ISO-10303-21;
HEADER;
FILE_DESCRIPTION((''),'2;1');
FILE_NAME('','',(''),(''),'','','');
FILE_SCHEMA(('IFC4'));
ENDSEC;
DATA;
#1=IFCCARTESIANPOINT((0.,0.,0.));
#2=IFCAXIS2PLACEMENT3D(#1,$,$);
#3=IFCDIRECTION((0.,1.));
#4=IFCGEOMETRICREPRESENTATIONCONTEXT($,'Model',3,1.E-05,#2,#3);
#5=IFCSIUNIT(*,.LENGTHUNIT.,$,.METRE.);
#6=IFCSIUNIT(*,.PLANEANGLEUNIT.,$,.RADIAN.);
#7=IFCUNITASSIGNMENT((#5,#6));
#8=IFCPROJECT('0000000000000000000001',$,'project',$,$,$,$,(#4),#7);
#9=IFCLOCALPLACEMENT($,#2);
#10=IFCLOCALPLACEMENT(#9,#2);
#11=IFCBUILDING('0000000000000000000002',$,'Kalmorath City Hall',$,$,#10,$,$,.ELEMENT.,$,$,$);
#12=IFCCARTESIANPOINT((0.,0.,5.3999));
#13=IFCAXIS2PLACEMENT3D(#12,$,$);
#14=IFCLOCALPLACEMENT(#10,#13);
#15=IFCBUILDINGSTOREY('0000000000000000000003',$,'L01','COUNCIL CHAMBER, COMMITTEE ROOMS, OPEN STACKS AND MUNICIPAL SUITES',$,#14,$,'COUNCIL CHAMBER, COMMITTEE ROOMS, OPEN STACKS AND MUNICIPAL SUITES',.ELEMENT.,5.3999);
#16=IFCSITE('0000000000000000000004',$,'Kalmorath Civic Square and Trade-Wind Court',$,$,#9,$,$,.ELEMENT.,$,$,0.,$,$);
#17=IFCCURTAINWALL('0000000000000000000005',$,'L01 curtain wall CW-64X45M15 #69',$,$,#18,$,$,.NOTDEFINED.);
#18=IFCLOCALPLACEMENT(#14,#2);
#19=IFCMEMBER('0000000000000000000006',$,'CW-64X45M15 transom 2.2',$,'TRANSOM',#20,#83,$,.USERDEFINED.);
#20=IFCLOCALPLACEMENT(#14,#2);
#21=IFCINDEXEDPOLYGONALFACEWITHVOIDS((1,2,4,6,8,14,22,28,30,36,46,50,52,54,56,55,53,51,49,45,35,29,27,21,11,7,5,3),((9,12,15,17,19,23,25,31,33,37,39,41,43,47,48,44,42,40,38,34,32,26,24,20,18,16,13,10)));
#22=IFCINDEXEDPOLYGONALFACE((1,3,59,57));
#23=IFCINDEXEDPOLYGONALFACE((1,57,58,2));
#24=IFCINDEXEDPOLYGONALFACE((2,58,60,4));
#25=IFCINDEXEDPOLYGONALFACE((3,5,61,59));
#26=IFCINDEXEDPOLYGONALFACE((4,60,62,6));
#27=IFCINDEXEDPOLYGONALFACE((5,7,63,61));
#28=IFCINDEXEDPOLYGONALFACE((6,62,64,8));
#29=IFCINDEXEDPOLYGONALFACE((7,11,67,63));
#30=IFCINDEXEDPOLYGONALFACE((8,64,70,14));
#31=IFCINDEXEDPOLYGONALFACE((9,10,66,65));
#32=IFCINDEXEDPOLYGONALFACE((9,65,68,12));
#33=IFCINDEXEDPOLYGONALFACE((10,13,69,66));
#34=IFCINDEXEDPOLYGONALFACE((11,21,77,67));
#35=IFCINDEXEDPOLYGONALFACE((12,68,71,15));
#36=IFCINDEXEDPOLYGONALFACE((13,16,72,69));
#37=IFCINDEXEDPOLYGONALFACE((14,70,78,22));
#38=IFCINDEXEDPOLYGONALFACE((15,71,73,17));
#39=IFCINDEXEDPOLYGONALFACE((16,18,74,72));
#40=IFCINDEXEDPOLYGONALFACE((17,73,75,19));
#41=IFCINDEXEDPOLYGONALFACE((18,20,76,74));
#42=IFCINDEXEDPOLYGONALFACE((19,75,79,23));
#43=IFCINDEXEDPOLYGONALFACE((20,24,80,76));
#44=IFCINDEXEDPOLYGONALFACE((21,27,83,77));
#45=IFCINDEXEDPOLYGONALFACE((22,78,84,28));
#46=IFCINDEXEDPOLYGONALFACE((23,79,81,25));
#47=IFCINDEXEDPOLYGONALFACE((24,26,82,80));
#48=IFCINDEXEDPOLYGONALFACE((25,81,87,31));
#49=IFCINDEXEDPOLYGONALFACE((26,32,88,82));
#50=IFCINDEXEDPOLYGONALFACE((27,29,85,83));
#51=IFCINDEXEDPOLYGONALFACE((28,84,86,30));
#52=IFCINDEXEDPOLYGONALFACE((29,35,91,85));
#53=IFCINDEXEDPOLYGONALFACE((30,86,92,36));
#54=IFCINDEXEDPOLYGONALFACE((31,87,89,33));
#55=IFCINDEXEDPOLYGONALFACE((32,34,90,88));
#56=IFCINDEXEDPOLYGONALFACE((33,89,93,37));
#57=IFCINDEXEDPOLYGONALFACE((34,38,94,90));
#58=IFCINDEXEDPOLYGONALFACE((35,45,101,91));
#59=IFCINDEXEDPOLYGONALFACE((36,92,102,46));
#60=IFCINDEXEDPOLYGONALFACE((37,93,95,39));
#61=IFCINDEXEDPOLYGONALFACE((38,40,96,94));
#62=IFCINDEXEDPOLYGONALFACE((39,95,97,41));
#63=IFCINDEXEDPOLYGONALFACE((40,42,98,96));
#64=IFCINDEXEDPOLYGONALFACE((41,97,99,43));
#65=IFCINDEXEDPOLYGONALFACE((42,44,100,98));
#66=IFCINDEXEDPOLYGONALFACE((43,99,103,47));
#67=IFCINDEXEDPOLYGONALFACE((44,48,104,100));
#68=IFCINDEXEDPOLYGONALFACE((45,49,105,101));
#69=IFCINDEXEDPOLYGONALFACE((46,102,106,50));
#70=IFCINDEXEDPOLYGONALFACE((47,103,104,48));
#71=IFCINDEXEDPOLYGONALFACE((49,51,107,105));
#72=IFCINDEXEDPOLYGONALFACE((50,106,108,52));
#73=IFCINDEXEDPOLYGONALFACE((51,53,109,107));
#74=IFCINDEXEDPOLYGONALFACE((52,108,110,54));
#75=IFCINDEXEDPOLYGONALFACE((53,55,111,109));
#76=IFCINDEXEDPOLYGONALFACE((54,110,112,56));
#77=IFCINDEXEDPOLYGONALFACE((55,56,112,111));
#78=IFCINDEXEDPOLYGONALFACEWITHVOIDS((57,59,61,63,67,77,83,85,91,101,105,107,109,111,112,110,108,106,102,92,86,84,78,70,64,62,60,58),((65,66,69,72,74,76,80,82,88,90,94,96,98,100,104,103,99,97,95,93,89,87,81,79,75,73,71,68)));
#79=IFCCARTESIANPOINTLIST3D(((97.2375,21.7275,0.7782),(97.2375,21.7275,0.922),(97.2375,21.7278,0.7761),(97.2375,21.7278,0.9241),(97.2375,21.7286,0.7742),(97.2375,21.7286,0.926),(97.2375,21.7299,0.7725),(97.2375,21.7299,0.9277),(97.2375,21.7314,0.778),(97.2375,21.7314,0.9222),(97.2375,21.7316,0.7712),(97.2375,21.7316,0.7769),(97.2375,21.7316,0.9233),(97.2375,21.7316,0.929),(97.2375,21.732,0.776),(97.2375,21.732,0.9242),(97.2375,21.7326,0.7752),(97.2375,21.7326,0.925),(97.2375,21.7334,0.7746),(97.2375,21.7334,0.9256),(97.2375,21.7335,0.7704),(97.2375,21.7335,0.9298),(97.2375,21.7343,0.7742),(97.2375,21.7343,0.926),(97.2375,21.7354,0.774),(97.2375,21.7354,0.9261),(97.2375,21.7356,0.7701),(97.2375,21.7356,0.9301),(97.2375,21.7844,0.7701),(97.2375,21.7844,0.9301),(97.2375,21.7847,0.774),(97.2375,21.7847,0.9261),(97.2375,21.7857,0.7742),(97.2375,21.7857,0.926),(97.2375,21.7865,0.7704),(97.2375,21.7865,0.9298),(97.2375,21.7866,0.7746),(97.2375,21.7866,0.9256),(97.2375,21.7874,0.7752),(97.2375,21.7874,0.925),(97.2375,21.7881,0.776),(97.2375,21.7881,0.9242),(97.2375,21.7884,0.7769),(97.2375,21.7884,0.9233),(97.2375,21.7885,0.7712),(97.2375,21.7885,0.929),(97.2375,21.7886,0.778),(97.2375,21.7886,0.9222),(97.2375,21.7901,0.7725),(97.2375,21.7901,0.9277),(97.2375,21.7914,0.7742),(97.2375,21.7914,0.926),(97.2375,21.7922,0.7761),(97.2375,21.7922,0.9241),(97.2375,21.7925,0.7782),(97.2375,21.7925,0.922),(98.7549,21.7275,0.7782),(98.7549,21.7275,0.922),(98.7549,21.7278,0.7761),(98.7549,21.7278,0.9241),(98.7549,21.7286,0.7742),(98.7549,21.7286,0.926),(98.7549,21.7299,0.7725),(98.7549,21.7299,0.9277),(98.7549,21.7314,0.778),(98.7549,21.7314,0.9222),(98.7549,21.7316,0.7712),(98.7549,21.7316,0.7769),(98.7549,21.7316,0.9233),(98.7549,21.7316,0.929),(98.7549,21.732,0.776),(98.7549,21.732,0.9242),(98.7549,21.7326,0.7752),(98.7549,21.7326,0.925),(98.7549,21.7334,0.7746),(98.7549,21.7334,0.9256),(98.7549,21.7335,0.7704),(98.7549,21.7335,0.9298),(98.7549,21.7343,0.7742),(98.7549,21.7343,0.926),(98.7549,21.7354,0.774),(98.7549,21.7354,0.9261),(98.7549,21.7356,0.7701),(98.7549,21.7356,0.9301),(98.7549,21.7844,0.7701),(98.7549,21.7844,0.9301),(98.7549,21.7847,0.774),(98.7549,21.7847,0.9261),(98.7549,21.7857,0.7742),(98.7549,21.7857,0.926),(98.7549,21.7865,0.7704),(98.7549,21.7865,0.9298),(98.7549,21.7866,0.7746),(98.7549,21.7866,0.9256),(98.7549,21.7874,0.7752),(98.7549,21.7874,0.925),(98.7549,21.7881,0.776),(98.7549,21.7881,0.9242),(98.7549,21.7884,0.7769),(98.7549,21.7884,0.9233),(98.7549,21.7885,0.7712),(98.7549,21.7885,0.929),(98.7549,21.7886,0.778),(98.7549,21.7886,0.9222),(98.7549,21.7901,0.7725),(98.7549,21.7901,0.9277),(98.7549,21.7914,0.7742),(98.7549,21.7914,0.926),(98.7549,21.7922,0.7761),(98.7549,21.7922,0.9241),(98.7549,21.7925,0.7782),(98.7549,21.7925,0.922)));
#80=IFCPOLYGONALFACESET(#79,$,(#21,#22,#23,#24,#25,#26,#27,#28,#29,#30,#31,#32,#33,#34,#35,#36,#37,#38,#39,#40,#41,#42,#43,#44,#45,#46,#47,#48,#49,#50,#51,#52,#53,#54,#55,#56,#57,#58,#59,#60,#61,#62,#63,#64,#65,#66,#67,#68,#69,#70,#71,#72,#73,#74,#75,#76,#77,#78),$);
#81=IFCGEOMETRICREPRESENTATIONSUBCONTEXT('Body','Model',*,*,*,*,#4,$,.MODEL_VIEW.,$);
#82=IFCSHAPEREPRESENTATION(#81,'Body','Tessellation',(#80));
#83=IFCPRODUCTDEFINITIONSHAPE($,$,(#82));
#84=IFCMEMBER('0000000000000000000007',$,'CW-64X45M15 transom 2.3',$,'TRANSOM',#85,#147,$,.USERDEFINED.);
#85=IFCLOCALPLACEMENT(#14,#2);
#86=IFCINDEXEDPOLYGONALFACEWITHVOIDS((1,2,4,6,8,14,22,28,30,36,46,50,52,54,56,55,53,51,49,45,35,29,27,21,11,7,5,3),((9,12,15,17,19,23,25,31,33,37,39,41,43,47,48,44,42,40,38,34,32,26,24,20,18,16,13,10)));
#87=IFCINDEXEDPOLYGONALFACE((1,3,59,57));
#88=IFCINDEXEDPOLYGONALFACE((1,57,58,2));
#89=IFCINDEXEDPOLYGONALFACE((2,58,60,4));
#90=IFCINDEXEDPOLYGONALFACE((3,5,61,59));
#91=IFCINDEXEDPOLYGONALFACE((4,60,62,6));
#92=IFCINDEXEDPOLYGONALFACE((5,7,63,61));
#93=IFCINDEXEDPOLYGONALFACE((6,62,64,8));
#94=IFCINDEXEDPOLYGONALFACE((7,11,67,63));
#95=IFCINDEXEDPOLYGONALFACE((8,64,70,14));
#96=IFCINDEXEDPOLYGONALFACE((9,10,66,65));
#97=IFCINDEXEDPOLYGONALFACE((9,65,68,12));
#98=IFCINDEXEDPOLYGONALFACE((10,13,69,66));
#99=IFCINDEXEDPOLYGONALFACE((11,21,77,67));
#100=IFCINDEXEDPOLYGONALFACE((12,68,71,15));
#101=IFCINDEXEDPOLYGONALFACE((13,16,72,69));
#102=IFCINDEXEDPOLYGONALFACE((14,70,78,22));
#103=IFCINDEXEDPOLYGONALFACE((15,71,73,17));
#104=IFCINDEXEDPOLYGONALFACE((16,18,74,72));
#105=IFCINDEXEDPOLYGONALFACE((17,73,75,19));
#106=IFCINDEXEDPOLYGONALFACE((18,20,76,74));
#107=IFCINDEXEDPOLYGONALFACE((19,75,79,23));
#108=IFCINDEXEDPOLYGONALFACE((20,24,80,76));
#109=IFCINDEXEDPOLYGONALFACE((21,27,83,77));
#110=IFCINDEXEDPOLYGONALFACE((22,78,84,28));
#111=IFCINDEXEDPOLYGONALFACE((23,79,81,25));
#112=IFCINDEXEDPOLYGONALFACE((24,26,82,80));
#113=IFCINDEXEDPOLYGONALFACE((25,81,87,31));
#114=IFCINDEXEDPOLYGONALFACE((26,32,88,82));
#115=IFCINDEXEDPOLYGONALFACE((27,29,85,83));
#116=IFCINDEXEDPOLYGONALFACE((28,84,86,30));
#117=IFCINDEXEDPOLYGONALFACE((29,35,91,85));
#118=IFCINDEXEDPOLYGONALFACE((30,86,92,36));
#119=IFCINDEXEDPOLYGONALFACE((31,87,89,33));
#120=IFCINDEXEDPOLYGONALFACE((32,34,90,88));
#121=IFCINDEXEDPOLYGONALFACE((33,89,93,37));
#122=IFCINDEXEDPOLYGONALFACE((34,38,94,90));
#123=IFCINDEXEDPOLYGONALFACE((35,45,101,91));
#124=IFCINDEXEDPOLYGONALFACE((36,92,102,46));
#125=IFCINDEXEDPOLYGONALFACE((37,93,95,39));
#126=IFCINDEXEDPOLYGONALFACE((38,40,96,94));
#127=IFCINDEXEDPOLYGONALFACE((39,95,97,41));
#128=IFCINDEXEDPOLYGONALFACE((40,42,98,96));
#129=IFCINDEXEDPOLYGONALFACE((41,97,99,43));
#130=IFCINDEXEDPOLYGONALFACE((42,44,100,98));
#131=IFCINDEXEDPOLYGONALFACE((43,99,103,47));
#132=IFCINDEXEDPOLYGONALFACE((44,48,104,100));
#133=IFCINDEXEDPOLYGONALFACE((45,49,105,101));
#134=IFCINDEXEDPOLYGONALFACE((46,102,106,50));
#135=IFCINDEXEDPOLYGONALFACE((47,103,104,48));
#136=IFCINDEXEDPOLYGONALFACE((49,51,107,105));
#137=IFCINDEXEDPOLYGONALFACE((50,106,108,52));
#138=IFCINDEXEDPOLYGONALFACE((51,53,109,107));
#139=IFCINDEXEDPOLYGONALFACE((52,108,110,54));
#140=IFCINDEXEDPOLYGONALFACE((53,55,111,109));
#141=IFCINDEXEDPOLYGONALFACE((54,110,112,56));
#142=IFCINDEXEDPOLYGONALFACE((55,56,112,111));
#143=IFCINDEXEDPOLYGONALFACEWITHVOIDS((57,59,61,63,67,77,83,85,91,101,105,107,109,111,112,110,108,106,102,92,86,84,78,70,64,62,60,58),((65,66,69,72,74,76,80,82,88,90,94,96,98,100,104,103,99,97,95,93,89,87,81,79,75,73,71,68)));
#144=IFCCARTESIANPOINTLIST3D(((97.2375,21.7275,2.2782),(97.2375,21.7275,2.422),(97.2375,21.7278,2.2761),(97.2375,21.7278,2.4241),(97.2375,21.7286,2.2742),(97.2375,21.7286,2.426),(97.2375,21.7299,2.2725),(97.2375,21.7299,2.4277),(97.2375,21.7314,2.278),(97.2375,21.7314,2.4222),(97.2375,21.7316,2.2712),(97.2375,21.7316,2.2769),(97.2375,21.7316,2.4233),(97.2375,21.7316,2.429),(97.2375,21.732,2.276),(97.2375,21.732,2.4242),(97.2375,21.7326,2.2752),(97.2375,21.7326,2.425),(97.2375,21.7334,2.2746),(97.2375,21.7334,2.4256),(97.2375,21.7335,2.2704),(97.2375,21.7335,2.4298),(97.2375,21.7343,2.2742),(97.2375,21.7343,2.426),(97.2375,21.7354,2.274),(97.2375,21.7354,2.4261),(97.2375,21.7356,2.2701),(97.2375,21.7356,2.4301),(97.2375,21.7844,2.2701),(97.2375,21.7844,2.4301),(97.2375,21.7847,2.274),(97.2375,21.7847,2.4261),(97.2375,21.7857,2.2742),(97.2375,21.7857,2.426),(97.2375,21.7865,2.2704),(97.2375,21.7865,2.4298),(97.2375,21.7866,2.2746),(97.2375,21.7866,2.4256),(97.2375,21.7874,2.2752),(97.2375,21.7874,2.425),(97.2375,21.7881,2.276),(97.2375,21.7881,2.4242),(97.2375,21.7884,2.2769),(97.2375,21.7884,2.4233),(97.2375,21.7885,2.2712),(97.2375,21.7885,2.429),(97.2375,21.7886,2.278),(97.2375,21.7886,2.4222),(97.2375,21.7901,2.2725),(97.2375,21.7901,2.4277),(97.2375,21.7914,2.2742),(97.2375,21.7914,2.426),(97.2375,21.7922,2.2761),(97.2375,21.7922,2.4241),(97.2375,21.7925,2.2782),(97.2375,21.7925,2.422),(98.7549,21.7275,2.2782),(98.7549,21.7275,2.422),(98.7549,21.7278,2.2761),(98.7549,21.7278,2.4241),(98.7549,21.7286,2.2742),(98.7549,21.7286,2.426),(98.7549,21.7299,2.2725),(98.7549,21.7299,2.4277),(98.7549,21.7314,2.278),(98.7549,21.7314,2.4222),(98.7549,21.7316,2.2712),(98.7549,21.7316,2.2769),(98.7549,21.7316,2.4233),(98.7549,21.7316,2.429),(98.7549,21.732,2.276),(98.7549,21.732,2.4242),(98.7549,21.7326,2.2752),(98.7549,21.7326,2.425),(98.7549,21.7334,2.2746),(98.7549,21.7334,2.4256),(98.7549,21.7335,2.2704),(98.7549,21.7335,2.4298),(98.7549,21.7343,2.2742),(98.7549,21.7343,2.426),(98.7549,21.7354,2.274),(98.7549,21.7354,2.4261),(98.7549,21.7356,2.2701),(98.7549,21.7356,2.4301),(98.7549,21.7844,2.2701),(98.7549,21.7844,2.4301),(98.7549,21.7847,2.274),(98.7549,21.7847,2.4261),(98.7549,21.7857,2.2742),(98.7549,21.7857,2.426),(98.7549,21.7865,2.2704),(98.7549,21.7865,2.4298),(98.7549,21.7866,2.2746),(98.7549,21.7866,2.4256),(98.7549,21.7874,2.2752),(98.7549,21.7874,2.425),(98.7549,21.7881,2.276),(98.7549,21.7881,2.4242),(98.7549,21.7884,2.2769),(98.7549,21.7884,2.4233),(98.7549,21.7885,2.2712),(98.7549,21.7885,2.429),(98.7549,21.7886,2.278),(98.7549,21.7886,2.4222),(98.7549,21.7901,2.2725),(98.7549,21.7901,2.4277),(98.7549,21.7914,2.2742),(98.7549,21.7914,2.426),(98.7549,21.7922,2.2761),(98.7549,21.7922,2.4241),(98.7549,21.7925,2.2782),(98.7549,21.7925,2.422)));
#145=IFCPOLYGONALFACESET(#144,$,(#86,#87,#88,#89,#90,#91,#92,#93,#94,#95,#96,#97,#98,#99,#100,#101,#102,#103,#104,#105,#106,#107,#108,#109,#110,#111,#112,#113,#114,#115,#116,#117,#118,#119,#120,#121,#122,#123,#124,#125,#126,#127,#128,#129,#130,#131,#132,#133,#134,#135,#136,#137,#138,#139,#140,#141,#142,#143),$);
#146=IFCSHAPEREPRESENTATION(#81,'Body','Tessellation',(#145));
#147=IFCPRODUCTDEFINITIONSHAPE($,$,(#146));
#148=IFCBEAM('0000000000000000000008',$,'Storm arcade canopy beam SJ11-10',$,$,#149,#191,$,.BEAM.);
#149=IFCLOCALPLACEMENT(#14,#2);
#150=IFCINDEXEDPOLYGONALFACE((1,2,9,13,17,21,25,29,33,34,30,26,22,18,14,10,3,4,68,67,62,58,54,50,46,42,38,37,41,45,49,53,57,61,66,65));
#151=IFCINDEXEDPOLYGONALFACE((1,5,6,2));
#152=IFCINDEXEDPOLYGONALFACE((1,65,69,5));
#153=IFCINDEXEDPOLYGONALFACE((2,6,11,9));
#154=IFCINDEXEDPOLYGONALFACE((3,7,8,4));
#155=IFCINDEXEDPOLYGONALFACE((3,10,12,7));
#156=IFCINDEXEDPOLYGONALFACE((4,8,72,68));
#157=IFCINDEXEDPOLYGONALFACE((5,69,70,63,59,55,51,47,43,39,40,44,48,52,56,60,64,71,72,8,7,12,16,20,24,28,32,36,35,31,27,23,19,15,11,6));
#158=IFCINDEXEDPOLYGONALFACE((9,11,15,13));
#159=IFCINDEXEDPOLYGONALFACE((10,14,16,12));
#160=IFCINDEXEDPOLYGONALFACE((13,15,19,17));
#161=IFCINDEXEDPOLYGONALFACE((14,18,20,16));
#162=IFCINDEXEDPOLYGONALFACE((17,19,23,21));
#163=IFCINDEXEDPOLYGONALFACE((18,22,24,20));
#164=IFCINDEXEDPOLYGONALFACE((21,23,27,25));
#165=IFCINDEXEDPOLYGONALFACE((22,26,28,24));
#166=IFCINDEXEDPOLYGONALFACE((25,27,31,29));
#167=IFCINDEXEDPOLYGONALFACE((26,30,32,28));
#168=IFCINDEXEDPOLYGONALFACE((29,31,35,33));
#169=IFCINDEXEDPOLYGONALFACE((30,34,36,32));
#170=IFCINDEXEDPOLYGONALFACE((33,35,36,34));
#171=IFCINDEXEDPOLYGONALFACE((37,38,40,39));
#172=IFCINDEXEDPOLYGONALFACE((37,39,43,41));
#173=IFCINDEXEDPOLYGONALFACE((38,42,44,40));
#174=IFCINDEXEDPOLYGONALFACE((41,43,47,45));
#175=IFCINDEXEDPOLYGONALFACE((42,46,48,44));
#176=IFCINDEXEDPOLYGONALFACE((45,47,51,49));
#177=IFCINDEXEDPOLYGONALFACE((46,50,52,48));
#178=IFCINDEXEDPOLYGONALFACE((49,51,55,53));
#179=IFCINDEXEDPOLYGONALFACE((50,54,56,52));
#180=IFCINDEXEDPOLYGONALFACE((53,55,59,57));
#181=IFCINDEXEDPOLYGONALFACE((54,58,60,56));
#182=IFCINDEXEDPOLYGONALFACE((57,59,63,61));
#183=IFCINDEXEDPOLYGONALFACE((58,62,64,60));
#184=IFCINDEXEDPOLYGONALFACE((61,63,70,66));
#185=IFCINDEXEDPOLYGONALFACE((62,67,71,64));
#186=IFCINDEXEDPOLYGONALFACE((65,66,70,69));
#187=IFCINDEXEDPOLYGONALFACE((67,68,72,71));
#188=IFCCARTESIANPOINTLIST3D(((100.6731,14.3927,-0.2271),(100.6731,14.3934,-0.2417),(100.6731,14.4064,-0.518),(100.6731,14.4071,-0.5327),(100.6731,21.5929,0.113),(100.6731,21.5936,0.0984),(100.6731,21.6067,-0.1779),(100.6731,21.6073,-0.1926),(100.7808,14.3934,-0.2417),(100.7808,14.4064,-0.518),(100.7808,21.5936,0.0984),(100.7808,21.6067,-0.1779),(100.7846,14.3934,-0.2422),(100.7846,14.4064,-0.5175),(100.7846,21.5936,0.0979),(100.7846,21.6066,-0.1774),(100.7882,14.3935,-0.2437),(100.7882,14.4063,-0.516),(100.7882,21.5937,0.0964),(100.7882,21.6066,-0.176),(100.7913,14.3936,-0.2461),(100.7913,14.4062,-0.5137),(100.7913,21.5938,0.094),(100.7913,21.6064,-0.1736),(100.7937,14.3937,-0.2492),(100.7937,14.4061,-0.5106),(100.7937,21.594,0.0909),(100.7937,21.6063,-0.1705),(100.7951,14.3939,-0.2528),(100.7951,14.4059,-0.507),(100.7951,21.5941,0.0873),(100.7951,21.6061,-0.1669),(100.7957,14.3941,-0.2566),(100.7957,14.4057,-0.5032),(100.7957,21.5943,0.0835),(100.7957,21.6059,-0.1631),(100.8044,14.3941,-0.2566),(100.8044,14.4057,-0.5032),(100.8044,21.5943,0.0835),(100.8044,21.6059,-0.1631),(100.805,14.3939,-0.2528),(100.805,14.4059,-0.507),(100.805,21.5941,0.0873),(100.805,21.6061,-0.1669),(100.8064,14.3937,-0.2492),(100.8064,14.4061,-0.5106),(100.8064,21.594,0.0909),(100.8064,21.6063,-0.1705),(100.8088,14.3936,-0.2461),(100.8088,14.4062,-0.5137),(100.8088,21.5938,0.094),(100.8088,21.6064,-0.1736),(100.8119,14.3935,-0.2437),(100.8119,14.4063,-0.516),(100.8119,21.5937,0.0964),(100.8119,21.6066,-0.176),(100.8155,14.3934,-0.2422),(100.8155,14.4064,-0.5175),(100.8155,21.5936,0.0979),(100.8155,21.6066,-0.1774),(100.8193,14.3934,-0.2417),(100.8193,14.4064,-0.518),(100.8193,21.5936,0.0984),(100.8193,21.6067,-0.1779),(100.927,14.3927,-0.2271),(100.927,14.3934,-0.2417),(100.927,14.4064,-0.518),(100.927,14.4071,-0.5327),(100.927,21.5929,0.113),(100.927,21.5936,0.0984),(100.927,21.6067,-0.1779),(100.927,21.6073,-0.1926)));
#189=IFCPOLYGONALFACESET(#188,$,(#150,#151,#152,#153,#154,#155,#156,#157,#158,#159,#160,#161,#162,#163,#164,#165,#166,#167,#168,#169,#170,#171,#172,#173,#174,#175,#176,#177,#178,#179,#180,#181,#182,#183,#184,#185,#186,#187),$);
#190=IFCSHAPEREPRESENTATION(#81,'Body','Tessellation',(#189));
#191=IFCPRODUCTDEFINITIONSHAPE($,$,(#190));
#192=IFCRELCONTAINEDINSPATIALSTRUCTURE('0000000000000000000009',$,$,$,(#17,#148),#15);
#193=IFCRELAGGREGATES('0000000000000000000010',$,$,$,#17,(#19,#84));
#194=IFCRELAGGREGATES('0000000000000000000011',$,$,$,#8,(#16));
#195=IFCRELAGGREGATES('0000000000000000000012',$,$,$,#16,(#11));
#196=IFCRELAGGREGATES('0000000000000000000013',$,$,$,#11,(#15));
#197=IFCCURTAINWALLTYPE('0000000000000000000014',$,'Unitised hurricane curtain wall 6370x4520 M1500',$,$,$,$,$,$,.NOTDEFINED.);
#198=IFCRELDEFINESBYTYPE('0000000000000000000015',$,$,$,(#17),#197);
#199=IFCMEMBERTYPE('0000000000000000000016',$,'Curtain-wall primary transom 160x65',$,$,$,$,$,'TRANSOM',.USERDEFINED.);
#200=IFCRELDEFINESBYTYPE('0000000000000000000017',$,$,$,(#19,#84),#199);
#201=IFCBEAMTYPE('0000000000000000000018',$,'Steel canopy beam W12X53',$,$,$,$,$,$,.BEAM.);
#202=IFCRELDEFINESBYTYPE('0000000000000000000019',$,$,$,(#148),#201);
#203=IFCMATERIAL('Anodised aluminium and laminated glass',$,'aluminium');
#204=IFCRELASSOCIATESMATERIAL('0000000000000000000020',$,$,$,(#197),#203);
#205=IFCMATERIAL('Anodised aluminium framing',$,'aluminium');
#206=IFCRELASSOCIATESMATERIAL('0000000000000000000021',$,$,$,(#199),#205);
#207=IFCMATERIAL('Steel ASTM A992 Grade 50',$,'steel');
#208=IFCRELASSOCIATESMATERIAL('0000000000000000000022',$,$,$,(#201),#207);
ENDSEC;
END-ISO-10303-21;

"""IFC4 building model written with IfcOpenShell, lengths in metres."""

from ifc_helpers import new_model, si_unit, direction, frame, origin, origin_2d, place, context, subcontext, project, spatial, hollow_rectangle, i_section, extrude, material, material_profile, profile_set, type_object, element, aggregate, save


model = new_model("IFC4")

# Units and contexts
model_context = context("Model", 3, precision=1e-05, world=origin(), true_north=direction((0.0, 1.0)))
body_context = subcontext(model_context, "Body", "Model", "MODEL_VIEW")
ifc_project = project(units=[si_unit("LENGTHUNIT", "METRE"), si_unit("PLANEANGLEUNIT", "RADIAN")], contexts=[model_context])

# Site, building, storey
site_placement = place(None, origin())
site = spatial("IfcSite", under=ifc_project, at=site_placement, Name="Kalmorath Civic Square and Trade-Wind Court", CompositionType="ELEMENT", RefElevation=0.0)
building_placement = place(site_placement, origin())
building = spatial("IfcBuilding", under=site, at=building_placement, Name="Kalmorath City Hall", CompositionType="ELEMENT")
storey_placement = place(building_placement, frame((0.0, 0.0, 5.3999)))
storey = spatial("IfcBuildingStorey", under=building, at=storey_placement, Name="L01", Description="COUNCIL CHAMBER, COMMITTEE ROOMS, OPEN STACKS AND MUNICIPAL SUITES", LongName="COUNCIL CHAMBER, COMMITTEE ROOMS, OPEN STACKS AND MUNICIPAL SUITES", CompositionType="ELEMENT", Elevation=5.3999)

# Curtain wall, members
ifc_material_1 = material(Name="Anodised aluminium and laminated glass", Category="aluminium")
curtain_wall_type = type_object("IfcCurtainWallType", Name="Unitised hurricane curtain wall 6370x4520 M1500", PredefinedType="NOTDEFINED", material=ifc_material_1)
curtain_wall_placement = place(storey_placement, origin())
curtain_wall = element("IfcCurtainWall", 1, at=curtain_wall_placement, inside=storey, type_object=curtain_wall_type, Name="L01 curtain wall CW-64X45M15 #69", PredefinedType="NOTDEFINED")
ifc_material_2 = material(Name="Anodised aluminium framing", Category="aluminium")
ifc_material_profile_1 = material_profile(ifc_material_2, hollow_rectangle(XDim=0.0649, YDim=0.1599, WallThickness=0.0039, InnerFilletRadius=0.0039, OuterFilletRadius=0.0081, at=origin_2d()), Name="ALU-TRN-160X65X4")
ifc_profile_set_1 = profile_set([ifc_material_profile_1], Name="Anodised aluminium framing")
member_type_1 = type_object("IfcMemberType", Name="Curtain-wall primary transom 160x65", ElementType="TRANSOM", PredefinedType="USERDEFINED", material=ifc_profile_set_1)
member_1_placement = place(storey_placement, frame((98.7549, 21.76, 0.8501), z_axis=(-1.0, 0.0, 0.0), x_axis=(0.0, -1.0, 0.0)))
member_1 = element("IfcMember", 2, at=member_1_placement, type_object=member_type_1, Name="CW-64X45M15 transom 2.2", ObjectType="TRANSOM", PredefinedType="USERDEFINED", context=body_context, shape_type="SweptSolid", body=[
    extrude(hollow_rectangle(XDim=0.0649, YDim=0.1599, WallThickness=0.0039, InnerFilletRadius=0.0039, OuterFilletRadius=0.0081, at=origin_2d()), origin(), (0.0, 0.0, 1.0), 1.5173),
])
member_2_placement = place(storey_placement, frame((98.7549, 21.76, 2.3501), z_axis=(-1.0, 0.0, 0.0), x_axis=(0.0, -1.0, 0.0)))
member_2 = element("IfcMember", 3, at=member_2_placement, type_object=member_type_1, Name="CW-64X45M15 transom 2.3", ObjectType="TRANSOM", PredefinedType="USERDEFINED", context=body_context, shape_type="SweptSolid", body=[
    extrude(hollow_rectangle(XDim=0.0649, YDim=0.1599, WallThickness=0.0039, InnerFilletRadius=0.0039, OuterFilletRadius=0.0081, at=origin_2d()), origin(), (0.0, 0.0, 1.0), 1.5173),
])

# Beam
ifc_material_3 = material(Name="Steel ASTM A992 Grade 50", Category="steel")
ifc_material_profile_2 = material_profile(ifc_material_3, i_section(OverallWidth=0.2539, OverallDepth=0.3059, WebThickness=0.0088, FlangeThickness=0.0146, FilletRadius=0.0149, at=origin_2d()), Name="W12X53")
ifc_profile_set_2 = profile_set([ifc_material_profile_2], Name="Steel ASTM A992 Grade 50")
beam_type_1 = type_object("IfcBeamType", Name="Steel canopy beam W12X53", PredefinedType="BEAM", material=ifc_profile_set_2)
for number, where, z_axis, x_axis, name in (
    (4, (100.8, 14.3999, -0.3799), (0.0, 0.998886, 0.047181), (-1.0, 0.0, 0.0), "Storm arcade canopy beam SJ11-10"),
):
    element("IfcBeam", number, at=place(storey_placement, frame(where, z_axis=z_axis, x_axis=x_axis)), inside=storey, type_object=beam_type_1, Name=name, PredefinedType="BEAM", context=body_context, shape_type="SweptSolid", body=[
        extrude(i_section(OverallWidth=0.2539, OverallDepth=0.3059, WebThickness=0.0088, FlangeThickness=0.0146, FilletRadius=0.0149, at=origin_2d()), origin(), (0.0, 0.0, 1.0), 7.2083),
    ])

aggregate(curtain_wall, [member_1, member_2])

save(model, "model.ifc")
